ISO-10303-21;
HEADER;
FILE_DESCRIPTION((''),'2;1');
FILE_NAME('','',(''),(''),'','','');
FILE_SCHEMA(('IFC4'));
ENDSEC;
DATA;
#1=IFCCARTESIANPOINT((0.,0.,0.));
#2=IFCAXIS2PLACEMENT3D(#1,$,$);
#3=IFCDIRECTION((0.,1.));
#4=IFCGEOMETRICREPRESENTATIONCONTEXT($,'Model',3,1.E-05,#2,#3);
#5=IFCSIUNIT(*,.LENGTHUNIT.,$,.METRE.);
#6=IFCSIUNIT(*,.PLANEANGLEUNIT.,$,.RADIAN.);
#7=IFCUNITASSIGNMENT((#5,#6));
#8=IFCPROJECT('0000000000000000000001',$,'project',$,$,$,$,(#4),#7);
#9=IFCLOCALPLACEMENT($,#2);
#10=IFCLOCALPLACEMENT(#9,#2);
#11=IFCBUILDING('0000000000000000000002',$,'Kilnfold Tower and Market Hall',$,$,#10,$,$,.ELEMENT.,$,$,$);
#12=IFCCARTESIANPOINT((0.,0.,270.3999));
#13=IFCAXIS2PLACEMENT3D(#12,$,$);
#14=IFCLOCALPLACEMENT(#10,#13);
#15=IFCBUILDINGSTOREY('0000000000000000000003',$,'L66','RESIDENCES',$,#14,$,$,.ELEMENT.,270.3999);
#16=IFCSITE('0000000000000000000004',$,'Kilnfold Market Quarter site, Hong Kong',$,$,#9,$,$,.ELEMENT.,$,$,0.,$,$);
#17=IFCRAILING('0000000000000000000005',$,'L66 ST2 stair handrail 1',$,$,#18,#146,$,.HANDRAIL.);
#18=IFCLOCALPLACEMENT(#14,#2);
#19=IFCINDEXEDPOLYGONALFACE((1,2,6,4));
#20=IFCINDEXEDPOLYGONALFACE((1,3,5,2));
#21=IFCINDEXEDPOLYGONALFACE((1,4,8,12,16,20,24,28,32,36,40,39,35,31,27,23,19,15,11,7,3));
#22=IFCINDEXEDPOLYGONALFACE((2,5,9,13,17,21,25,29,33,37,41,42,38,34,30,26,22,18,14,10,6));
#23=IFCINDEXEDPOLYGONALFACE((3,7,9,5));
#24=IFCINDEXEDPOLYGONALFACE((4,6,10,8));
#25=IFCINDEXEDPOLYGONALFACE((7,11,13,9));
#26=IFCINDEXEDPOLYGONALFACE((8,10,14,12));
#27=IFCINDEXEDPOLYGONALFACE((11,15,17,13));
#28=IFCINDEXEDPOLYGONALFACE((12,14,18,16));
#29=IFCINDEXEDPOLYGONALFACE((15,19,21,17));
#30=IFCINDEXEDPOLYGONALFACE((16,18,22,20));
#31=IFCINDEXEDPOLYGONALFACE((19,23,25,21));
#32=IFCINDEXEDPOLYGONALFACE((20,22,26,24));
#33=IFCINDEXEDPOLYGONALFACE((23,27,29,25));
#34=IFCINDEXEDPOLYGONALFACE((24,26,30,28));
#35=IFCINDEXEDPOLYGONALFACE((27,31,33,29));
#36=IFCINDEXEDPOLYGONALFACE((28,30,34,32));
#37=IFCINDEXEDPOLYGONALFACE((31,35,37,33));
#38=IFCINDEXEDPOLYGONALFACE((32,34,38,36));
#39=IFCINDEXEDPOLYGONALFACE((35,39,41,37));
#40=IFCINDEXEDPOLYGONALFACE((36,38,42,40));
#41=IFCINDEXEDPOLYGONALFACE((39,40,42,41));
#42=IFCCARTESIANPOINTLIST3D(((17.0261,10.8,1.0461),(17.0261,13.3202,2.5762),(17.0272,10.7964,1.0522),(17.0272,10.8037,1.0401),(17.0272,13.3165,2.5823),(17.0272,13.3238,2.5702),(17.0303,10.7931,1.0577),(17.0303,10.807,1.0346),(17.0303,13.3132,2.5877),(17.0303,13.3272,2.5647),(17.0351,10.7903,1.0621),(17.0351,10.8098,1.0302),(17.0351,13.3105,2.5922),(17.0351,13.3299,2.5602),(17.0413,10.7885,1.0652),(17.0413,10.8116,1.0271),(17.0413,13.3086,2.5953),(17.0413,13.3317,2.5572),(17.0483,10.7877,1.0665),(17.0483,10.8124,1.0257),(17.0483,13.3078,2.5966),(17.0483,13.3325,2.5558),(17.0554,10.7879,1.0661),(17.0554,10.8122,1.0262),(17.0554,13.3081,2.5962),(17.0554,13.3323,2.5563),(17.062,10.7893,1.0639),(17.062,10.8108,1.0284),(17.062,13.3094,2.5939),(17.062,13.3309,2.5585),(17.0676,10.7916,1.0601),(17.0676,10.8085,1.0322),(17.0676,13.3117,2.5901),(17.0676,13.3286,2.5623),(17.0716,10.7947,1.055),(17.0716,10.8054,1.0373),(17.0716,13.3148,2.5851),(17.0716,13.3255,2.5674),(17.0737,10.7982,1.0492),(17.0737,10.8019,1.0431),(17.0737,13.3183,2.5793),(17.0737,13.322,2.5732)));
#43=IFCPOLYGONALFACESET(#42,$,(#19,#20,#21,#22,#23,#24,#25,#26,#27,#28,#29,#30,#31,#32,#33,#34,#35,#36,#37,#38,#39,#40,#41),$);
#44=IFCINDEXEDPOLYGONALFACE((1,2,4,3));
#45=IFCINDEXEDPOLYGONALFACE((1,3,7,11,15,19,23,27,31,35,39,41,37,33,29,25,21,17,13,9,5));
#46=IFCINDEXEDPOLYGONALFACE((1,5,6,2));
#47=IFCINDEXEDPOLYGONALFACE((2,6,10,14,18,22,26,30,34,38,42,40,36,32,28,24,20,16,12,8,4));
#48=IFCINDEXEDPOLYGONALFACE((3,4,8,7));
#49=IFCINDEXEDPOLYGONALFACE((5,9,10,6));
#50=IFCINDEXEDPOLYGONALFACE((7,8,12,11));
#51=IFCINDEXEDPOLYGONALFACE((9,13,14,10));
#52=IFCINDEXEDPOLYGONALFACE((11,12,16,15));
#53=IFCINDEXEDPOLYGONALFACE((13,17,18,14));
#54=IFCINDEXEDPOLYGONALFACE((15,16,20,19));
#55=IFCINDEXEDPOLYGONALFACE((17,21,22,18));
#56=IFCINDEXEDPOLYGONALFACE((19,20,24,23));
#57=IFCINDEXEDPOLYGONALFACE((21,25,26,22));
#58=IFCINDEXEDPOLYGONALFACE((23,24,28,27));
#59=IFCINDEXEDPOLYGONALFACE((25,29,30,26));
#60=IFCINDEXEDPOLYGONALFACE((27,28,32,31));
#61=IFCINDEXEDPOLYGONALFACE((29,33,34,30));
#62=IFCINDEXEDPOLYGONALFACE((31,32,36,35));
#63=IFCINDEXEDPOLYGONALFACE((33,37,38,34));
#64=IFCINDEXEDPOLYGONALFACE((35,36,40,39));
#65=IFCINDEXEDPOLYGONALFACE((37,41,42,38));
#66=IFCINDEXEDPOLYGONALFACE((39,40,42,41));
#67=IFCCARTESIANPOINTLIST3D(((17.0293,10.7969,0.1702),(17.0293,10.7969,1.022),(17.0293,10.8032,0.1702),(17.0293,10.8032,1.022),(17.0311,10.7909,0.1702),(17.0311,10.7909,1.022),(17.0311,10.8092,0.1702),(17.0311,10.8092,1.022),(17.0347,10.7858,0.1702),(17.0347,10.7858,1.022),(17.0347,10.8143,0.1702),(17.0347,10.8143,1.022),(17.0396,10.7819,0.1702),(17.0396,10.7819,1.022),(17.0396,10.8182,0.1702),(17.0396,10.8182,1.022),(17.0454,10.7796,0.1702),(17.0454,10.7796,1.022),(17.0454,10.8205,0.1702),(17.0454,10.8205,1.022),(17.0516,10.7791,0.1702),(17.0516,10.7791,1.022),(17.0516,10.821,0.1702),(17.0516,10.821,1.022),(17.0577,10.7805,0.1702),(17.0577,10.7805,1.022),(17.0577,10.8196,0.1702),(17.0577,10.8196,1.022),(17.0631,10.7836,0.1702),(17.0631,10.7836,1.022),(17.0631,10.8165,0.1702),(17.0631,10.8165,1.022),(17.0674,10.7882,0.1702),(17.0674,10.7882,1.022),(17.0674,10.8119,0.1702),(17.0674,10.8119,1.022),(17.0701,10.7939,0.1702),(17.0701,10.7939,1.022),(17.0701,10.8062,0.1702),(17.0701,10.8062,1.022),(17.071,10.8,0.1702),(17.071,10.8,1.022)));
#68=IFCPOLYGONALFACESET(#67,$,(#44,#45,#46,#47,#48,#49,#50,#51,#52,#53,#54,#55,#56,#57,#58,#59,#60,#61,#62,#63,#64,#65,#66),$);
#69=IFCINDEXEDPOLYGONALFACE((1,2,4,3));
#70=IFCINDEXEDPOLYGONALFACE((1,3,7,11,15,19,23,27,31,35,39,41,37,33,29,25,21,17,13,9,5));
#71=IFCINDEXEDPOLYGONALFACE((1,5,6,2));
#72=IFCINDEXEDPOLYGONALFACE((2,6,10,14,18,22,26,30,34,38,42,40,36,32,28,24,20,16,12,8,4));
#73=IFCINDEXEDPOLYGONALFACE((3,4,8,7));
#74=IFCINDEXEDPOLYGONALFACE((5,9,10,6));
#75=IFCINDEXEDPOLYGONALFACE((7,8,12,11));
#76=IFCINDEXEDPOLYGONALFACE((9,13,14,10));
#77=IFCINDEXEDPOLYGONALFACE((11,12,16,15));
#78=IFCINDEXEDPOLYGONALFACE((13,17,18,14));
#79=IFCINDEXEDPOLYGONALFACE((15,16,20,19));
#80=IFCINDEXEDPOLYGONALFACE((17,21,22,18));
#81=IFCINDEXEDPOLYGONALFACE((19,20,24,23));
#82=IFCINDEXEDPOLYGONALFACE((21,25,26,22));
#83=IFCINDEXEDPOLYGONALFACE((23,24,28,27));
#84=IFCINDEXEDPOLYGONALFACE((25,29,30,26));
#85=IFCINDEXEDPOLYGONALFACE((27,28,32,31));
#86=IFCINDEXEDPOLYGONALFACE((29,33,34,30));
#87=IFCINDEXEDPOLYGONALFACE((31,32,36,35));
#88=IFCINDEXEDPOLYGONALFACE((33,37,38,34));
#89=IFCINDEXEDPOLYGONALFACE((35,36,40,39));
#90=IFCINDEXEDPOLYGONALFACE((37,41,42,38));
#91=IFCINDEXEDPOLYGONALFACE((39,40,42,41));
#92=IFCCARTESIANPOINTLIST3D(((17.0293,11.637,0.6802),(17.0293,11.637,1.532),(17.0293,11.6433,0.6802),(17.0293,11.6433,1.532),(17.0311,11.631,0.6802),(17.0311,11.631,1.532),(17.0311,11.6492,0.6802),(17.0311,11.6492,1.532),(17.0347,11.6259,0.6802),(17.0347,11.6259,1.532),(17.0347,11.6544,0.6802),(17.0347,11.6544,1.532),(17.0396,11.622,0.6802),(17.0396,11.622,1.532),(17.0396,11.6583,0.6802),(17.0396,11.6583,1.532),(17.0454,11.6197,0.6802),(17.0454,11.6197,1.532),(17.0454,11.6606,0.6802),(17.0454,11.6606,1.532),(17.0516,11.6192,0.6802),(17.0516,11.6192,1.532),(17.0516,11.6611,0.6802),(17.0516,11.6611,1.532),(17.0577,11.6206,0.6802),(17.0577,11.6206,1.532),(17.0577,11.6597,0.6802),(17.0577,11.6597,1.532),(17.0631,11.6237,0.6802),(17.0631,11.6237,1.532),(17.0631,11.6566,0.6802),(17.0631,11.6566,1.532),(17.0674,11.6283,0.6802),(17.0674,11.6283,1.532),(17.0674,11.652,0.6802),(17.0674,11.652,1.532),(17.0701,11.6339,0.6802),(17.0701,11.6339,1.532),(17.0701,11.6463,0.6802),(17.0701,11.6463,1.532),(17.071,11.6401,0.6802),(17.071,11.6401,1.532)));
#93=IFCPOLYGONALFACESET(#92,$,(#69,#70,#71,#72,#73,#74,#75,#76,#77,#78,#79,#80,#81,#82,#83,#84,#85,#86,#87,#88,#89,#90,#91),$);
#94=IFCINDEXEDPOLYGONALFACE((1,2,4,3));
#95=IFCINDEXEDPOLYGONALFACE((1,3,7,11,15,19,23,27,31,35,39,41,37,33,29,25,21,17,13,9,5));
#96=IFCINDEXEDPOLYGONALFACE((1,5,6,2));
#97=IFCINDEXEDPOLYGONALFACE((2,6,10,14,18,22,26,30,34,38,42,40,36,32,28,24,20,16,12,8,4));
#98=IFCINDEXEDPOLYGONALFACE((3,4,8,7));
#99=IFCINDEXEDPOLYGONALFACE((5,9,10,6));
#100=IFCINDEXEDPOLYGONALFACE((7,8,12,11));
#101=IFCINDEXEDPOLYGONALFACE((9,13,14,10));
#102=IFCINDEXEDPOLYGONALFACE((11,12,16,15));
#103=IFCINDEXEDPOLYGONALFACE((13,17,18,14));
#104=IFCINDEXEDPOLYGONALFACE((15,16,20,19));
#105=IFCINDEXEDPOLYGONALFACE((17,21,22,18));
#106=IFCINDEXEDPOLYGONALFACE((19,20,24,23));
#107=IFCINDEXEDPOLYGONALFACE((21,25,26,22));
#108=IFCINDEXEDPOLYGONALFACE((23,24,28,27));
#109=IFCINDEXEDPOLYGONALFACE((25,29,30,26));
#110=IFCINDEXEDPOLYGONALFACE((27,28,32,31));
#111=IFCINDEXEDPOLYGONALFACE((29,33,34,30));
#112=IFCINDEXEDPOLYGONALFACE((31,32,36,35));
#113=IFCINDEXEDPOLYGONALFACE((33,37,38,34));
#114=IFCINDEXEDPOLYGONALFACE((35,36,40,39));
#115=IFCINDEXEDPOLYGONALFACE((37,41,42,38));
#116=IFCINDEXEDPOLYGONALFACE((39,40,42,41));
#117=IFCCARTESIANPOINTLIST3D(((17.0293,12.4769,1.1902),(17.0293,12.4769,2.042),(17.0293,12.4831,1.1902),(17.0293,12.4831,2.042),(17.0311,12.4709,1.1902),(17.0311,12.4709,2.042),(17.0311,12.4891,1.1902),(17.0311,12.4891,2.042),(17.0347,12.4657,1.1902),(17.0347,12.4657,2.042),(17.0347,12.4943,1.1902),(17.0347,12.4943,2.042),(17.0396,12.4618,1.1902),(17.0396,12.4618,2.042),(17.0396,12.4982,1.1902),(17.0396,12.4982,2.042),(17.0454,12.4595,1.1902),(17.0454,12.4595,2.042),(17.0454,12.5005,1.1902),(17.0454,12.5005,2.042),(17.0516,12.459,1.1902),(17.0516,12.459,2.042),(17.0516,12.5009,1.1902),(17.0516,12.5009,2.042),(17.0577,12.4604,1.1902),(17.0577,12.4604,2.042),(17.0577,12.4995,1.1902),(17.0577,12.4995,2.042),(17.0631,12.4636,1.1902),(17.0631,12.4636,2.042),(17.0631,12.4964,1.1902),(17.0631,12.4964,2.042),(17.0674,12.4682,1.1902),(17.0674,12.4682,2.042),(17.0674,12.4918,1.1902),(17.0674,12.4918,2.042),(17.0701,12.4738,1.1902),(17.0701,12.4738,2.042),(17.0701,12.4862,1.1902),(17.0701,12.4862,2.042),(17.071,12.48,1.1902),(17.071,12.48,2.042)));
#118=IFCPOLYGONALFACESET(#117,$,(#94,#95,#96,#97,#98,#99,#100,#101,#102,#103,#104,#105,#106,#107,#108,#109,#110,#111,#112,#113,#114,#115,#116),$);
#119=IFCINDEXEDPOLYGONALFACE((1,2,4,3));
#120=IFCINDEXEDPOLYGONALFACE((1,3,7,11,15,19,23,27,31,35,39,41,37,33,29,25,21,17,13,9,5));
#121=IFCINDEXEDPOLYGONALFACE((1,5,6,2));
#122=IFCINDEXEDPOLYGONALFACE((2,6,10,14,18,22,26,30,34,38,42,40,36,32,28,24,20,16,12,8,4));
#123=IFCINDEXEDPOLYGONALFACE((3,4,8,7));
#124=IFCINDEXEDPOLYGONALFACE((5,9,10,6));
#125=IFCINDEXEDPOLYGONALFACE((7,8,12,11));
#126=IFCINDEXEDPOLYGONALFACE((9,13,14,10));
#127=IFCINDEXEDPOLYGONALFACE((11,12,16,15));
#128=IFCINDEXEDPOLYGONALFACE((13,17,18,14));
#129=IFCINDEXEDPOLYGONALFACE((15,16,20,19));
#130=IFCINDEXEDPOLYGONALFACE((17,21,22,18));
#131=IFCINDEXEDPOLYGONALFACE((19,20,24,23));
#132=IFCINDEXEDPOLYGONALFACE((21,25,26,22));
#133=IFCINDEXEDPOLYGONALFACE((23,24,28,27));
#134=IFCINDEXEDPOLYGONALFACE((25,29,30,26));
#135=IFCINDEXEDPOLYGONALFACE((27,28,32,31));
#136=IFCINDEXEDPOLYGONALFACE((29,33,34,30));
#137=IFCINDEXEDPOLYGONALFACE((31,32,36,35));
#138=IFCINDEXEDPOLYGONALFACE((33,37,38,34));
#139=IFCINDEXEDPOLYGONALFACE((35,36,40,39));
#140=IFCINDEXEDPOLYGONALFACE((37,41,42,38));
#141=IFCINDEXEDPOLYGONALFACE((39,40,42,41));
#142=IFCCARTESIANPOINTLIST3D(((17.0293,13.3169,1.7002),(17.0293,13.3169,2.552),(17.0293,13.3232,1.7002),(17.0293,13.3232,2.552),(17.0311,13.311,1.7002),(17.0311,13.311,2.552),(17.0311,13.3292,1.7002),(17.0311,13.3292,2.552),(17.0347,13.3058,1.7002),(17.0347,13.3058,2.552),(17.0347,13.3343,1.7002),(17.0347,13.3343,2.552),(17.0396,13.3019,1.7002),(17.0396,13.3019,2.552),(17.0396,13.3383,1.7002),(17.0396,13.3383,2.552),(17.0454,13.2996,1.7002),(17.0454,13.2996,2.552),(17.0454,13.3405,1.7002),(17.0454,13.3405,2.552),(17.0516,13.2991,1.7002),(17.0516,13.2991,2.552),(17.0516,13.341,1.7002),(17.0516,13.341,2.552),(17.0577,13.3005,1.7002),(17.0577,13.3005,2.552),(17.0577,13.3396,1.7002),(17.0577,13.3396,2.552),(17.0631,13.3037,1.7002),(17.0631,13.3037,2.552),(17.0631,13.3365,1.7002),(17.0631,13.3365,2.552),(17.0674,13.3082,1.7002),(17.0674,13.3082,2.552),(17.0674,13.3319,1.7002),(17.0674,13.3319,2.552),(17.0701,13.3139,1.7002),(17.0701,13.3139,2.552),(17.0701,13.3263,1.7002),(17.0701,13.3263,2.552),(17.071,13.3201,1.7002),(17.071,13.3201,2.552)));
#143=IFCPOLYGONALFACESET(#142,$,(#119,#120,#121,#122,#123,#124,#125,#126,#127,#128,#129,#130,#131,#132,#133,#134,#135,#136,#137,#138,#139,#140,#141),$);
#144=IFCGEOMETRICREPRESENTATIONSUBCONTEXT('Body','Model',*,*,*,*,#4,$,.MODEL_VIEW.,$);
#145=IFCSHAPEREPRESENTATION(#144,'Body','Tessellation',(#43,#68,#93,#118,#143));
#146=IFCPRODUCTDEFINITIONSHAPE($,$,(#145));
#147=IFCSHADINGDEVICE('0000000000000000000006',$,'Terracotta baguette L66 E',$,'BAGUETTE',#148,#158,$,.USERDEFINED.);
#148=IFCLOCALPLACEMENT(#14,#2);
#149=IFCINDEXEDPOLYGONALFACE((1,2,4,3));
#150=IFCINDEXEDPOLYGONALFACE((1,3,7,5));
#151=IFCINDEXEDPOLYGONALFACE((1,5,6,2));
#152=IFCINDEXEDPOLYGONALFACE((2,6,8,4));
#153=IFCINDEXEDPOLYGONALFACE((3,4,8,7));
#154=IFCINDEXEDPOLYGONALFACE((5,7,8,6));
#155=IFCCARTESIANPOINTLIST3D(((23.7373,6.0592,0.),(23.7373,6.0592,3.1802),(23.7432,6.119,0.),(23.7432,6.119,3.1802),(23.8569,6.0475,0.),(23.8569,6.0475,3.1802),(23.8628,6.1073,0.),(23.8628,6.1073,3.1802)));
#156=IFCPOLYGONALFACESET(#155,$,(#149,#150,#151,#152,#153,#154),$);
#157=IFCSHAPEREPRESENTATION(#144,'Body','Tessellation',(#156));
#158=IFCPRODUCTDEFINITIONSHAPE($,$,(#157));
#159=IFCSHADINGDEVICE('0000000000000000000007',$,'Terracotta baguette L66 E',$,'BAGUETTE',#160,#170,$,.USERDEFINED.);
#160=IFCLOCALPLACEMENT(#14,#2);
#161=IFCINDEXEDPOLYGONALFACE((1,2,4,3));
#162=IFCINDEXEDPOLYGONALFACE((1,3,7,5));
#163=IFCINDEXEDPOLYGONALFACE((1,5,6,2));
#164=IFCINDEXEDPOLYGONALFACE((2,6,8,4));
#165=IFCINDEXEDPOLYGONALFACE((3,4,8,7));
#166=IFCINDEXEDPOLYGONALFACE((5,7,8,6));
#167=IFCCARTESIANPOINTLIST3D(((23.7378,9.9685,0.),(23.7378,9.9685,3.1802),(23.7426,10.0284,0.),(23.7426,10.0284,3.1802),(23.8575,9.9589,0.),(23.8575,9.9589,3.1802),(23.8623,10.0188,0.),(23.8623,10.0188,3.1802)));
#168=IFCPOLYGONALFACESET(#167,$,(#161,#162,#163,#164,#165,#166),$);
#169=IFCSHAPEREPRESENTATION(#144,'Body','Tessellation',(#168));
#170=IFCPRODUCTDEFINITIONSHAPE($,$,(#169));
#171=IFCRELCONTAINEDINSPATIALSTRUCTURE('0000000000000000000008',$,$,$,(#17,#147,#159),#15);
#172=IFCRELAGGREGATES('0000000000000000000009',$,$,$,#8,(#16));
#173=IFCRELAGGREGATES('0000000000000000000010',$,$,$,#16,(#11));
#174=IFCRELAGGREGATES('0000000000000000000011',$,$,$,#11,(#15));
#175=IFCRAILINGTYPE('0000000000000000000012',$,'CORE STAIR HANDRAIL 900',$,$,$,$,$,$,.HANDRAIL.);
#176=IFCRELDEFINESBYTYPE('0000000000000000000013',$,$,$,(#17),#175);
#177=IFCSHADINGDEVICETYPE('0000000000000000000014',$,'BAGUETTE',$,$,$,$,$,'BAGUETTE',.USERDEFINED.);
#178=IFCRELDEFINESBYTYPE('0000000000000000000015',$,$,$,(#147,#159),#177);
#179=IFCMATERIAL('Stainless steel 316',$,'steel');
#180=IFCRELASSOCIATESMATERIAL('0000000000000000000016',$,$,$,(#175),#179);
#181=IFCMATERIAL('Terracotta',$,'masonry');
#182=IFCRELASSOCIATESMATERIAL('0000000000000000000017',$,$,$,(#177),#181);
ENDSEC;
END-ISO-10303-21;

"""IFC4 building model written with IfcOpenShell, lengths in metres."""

from ifc_helpers import new_model, si_unit, direction, frame, origin, origin_2d, place, context, subcontext, project, spatial, rectangle, circle, extrude, source, transform, mapped, material, material_profile, profile_set, type_object, element, save


model = new_model("IFC4")

# Units and contexts
model_context = context("Model", 3, precision=1e-05, world=origin(), true_north=direction((0.0, 1.0)))
body_context = subcontext(model_context, "Body", "Model", "MODEL_VIEW")
ifc_project = project(units=[si_unit("LENGTHUNIT", "METRE"), si_unit("PLANEANGLEUNIT", "RADIAN")], contexts=[model_context])

# Site, building, storey
site_placement = place(None, origin())
site = spatial("IfcSite", under=ifc_project, at=site_placement, Name="Kilnfold Market Quarter site, Hong Kong", CompositionType="ELEMENT", RefElevation=0.0)
building_placement = place(site_placement, origin())
building = spatial("IfcBuilding", under=site, at=building_placement, Name="Kilnfold Tower and Market Hall", CompositionType="ELEMENT")
storey_placement = place(building_placement, frame((0.0, 0.0, 270.3999)))
storey = spatial("IfcBuildingStorey", under=building, at=storey_placement, Name="L66", Description="RESIDENCES", CompositionType="ELEMENT", Elevation=270.3999)

# Railing
ifc_material_1 = material(Name="Stainless steel 316", Category="steel")
railing_type_1 = type_object("IfcRailingType", Name="CORE STAIR HANDRAIL 900", PredefinedType="HANDRAIL", material=ifc_material_1)
railing_1_placement = place(storey_placement, frame((17.05, 10.8, 0.1702)))
element("IfcRailing", 1, at=railing_1_placement, inside=storey, type_object=railing_type_1, Name="L66 ST2 stair handrail 1", PredefinedType="HANDRAIL", context=body_context, shape_type="SweptSolid", body=[
    extrude(circle(Radius=0.0239, at=origin_2d()), frame((0.0, 0.0, 0.876), z_axis=(0.0, 0.854785, 0.518982), x_axis=(-1.0, 0.0, 0.0)), (0.0, 0.0, 1.0), 2.9482),
    extrude(circle(Radius=0.021, at=origin_2d()), origin(), (0.0, 0.0, 1.0), 0.8518),
    extrude(circle(Radius=0.021, at=origin_2d()), frame((0.0, 0.8401, 0.51)), (0.0, 0.0, 1.0), 0.8518),
    extrude(circle(Radius=0.021, at=origin_2d()), frame((0.0, 1.6799, 1.02)), (0.0, 0.0, 1.0), 0.8518),
    extrude(circle(Radius=0.021, at=origin_2d()), frame((0.0, 2.52, 1.53)), (0.0, 0.0, 1.0), 0.8518),
])

# Shading devices
ifc_material_2 = material(Name="Terracotta", Category="masonry")
ifc_material_profile_1 = material_profile(ifc_material_2, rectangle(XDim=0.0601, YDim=0.1201, at=origin_2d()), Name="BAG 60x120")
ifc_profile_set_1 = profile_set([ifc_material_profile_1], Name="Terracotta")
shading_device_type = type_object("IfcShadingDeviceType", Name="BAGUETTE", ElementType="BAGUETTE", PredefinedType="USERDEFINED", material=ifc_profile_set_1)
shared_shape_1 = source(origin(), body_context, "Body", "SweptSolid", [
    extrude(rectangle(XDim=0.0601, YDim=0.1201, at=origin_2d()), origin(), (0.0, 0.0, 1.0), 3.1802),
])
for number, where, z_axis, x_axis, name in (
    (2, (23.8, 6.0833, 0.0), (0.0, 0.0, 1.0), (0.097642, 0.995222, 0.0), "Terracotta baguette L66 E"),
    (3, (23.8, 9.9937, 0.0), (0.0, 0.0, 1.0), (0.079969, 0.996797, 0.0), "Terracotta baguette L66 E"),
):
    element("IfcShadingDevice", number, at=place(storey_placement, frame(where, z_axis=z_axis, x_axis=x_axis)), inside=storey, type_object=shading_device_type, Name=name, ObjectType="BAGUETTE", PredefinedType="USERDEFINED", context=body_context, shape_type="MappedRepresentation", body=[
        mapped(shared_shape_1, transform((0.0, 0.0, 0.0))),
    ])

save(model, "model.ifc")
